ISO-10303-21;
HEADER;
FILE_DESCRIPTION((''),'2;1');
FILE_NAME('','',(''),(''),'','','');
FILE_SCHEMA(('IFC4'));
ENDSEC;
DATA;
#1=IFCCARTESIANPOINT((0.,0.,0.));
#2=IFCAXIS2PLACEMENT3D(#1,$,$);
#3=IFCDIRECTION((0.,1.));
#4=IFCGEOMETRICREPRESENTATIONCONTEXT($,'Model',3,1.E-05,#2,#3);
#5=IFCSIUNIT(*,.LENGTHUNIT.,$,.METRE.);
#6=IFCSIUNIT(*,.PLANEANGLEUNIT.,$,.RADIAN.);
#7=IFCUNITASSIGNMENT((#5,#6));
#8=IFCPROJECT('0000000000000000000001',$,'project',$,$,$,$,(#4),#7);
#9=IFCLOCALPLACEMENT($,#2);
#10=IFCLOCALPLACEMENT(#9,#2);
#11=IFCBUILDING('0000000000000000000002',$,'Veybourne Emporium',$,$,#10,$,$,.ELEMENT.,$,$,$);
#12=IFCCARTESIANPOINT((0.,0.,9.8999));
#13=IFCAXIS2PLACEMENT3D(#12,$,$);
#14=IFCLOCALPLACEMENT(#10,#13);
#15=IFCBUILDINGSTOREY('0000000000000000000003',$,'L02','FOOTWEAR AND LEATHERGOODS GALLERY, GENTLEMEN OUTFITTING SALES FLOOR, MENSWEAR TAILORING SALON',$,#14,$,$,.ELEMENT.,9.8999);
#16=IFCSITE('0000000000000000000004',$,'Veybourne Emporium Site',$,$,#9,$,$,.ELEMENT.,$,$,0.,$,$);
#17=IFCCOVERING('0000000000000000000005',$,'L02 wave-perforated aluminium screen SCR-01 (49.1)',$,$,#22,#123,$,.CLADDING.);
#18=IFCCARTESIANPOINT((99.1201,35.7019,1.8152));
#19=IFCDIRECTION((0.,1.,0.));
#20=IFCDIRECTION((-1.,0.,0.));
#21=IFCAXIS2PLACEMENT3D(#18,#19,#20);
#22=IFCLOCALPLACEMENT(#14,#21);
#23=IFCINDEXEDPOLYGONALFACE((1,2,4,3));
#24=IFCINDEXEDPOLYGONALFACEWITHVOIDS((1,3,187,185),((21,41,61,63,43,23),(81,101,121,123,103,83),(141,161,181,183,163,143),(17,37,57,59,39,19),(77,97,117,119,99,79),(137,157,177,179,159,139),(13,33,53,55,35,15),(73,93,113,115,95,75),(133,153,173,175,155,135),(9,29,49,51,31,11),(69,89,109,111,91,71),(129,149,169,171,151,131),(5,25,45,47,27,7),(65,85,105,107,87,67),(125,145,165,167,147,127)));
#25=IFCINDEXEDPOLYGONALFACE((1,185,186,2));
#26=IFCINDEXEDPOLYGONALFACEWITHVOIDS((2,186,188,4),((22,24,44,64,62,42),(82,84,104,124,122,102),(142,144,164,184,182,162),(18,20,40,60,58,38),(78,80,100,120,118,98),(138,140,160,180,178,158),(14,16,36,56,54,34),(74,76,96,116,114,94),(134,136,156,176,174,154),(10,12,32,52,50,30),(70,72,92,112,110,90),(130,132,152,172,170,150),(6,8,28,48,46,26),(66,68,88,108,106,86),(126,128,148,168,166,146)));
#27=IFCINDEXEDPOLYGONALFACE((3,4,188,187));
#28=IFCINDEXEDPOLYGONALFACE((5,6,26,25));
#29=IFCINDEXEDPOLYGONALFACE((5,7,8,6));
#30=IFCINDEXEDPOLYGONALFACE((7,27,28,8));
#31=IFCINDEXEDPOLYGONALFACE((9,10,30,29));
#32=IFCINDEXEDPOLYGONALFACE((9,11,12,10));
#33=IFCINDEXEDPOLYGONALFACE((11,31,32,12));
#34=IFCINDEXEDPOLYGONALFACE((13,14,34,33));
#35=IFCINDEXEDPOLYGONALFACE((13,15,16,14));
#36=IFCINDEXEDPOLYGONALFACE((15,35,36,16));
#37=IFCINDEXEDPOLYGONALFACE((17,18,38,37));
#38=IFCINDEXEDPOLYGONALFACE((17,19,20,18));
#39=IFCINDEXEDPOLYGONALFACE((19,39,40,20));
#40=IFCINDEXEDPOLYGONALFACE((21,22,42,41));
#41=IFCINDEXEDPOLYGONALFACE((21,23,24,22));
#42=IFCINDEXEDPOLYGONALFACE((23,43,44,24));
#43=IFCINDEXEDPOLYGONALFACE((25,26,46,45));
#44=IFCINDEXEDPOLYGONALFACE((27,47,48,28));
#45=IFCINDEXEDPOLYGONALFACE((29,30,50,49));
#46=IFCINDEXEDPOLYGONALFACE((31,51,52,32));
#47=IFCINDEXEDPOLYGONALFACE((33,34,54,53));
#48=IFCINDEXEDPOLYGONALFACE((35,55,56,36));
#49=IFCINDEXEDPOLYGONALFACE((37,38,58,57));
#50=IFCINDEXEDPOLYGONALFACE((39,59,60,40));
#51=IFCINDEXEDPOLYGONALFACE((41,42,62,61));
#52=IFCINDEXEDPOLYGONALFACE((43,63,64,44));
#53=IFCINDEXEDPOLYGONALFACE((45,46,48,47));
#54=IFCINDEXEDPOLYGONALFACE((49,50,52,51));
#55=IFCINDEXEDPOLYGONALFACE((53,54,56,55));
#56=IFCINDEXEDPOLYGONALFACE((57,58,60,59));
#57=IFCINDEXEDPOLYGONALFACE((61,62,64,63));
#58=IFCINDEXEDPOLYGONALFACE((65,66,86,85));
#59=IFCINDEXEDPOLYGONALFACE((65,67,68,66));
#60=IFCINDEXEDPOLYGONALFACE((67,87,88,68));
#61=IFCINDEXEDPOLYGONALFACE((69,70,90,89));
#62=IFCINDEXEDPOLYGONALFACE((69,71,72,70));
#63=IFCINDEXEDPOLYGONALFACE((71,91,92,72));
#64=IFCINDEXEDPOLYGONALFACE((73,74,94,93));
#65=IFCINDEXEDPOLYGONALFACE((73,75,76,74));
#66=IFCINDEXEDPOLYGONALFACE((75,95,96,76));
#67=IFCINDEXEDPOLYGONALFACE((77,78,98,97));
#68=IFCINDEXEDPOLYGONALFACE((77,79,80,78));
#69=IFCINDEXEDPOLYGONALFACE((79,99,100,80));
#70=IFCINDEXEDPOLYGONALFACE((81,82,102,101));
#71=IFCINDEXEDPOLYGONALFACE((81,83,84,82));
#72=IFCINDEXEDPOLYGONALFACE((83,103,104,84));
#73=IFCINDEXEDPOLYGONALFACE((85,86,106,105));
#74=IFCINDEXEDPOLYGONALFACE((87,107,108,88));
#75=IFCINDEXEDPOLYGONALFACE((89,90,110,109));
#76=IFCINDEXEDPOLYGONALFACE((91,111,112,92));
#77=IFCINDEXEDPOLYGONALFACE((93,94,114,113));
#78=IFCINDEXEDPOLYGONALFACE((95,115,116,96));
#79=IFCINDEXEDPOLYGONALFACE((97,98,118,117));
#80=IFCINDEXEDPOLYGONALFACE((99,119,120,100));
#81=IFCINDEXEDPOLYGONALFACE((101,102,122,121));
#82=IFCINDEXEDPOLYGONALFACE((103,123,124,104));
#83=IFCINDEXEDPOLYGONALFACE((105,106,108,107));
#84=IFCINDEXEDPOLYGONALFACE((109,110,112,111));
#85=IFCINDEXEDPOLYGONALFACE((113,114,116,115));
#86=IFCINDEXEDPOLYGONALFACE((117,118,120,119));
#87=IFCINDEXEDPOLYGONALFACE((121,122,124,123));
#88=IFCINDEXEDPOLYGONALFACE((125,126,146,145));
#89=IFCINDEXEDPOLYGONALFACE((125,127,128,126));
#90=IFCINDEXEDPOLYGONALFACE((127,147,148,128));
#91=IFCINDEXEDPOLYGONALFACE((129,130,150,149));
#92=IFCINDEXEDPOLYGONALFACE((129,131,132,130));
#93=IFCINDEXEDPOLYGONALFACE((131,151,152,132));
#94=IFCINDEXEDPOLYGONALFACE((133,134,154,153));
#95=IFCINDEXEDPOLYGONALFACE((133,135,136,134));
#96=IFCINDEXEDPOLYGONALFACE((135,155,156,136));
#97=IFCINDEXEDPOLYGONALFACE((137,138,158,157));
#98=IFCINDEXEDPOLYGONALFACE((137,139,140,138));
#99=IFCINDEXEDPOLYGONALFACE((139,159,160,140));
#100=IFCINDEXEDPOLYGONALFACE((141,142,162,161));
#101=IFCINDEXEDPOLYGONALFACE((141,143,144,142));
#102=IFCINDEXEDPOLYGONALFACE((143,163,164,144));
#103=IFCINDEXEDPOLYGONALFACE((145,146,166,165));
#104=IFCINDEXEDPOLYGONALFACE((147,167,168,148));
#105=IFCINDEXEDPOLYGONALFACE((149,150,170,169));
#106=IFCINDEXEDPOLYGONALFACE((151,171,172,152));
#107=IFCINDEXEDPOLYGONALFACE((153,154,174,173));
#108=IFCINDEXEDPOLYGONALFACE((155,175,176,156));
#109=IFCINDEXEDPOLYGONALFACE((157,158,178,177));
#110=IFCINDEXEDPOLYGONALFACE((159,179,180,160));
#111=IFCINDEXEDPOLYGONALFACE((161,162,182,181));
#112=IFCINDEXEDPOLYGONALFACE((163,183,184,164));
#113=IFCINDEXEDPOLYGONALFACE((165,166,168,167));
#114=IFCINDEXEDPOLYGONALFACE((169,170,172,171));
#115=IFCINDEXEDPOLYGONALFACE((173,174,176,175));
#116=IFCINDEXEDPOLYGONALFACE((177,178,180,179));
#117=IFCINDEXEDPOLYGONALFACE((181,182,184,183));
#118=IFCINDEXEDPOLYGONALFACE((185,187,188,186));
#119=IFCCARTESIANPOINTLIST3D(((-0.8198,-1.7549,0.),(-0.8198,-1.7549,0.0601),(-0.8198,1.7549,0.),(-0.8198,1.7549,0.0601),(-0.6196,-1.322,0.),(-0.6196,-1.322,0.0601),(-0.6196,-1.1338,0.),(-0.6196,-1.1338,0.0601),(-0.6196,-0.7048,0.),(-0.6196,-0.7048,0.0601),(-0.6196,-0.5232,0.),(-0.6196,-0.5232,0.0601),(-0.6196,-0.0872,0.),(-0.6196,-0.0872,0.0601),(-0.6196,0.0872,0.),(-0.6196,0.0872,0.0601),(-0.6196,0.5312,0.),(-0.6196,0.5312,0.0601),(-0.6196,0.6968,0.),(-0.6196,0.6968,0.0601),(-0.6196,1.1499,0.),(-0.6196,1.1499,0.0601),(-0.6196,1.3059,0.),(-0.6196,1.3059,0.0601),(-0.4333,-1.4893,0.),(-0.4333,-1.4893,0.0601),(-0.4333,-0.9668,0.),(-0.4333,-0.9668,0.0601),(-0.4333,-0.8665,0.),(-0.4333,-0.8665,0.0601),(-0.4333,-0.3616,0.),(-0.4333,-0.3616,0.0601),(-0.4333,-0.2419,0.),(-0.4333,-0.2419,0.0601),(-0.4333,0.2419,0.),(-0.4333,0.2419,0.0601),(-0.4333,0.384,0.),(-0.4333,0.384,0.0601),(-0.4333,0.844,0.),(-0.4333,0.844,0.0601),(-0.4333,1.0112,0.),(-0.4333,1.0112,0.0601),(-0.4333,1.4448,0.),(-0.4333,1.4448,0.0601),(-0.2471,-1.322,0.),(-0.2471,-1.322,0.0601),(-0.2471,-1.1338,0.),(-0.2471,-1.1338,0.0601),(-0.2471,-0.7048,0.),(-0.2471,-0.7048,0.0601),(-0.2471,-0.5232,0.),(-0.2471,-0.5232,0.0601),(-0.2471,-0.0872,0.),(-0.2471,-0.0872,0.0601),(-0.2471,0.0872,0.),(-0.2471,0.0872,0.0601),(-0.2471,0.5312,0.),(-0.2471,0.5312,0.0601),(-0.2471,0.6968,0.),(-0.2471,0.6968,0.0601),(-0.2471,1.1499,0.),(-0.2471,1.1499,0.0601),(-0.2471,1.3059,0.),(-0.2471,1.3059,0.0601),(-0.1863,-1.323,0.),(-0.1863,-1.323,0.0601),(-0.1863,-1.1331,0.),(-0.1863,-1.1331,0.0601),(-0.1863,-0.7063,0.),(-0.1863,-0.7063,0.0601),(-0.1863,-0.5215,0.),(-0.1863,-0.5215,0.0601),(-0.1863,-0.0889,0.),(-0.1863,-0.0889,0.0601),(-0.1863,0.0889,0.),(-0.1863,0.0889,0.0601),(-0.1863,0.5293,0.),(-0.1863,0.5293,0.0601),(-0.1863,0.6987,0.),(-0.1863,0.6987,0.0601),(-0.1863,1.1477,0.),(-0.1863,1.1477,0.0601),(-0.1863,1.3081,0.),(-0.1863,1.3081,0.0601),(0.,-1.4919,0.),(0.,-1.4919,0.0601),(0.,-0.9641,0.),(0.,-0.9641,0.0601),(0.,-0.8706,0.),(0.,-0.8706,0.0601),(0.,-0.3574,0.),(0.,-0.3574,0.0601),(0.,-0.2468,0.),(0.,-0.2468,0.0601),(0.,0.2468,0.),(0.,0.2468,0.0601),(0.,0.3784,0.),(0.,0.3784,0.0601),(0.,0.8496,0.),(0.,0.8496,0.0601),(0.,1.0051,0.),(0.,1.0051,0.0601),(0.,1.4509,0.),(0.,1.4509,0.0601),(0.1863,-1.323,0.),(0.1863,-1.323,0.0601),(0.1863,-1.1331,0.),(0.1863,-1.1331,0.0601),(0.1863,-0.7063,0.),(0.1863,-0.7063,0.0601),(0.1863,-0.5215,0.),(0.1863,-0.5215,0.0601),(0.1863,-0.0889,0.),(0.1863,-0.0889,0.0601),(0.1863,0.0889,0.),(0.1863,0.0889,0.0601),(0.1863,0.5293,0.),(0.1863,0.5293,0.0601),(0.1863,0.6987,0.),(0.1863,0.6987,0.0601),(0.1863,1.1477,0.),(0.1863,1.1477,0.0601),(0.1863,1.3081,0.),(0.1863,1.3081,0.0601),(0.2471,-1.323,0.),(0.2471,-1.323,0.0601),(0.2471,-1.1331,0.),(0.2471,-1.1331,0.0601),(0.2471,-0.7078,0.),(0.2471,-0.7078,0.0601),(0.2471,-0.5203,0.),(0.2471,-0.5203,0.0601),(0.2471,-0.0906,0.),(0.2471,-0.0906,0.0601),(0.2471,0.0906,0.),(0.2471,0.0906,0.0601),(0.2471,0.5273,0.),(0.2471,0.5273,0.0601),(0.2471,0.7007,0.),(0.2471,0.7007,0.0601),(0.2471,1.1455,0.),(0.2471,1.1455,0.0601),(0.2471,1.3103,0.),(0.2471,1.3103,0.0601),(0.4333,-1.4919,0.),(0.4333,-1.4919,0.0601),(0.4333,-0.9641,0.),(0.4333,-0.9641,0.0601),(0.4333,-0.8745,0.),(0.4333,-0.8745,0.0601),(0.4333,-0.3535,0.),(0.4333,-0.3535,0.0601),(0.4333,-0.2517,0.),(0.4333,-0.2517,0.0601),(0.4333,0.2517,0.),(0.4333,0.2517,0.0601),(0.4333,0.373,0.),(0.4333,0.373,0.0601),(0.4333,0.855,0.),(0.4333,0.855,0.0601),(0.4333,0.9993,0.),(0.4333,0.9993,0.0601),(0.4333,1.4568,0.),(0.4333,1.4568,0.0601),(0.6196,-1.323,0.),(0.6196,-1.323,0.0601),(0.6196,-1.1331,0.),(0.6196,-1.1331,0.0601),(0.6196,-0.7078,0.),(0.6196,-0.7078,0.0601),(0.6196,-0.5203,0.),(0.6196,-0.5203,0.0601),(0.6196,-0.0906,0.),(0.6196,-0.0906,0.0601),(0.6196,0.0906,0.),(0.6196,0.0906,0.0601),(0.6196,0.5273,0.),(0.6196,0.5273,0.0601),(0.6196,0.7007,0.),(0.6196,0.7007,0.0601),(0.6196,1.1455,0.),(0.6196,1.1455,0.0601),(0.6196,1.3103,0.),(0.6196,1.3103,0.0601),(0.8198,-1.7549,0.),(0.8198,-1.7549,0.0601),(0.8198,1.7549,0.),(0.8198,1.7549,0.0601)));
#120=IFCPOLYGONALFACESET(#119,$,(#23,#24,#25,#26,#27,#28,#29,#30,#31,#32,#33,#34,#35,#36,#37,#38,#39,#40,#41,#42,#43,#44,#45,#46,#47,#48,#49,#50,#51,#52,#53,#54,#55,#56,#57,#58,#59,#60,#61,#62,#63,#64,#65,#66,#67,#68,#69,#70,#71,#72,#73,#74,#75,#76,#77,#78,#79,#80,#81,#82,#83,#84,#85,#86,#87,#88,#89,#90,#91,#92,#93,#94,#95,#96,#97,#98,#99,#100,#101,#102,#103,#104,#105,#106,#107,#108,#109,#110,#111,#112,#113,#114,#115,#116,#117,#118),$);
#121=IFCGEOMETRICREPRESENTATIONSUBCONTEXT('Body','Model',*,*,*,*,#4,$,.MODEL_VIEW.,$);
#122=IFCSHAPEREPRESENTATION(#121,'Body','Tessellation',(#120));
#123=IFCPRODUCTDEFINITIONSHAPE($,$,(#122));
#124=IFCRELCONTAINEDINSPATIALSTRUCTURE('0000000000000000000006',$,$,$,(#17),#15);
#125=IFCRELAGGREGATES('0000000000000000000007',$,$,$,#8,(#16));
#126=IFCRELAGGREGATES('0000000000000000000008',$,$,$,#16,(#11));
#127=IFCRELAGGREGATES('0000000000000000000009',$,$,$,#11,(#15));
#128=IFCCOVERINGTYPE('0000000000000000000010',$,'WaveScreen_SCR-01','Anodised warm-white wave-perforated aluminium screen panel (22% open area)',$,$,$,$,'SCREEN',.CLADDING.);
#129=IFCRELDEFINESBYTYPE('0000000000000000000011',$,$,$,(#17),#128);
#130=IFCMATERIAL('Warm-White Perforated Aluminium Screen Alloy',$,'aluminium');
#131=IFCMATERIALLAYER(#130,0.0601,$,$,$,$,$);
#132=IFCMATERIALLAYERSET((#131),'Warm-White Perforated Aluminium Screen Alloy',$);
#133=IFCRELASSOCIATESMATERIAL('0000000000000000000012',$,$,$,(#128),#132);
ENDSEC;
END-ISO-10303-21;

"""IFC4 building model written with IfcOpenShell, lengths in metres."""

from ifc_helpers import new_model, si_unit, direction, frame, origin, place, context, subcontext, project, spatial, polyline, outline, extrude, material, layer, layer_set, type_object, element, save


model = new_model("IFC4")

# Units and contexts
model_context = context("Model", 3, precision=1e-05, world=origin(), true_north=direction((0.0, 1.0)))
body_context = subcontext(model_context, "Body", "Model", "MODEL_VIEW")
ifc_project = project(units=[si_unit("LENGTHUNIT", "METRE"), si_unit("PLANEANGLEUNIT", "RADIAN")], contexts=[model_context])

# Site, building, storey
site_placement = place(None, origin())
site = spatial("IfcSite", under=ifc_project, at=site_placement, Name="Veybourne Emporium Site", CompositionType="ELEMENT", RefElevation=0.0)
building_placement = place(site_placement, origin())
building = spatial("IfcBuilding", under=site, at=building_placement, Name="Veybourne Emporium", CompositionType="ELEMENT")
storey_placement = place(building_placement, frame((0.0, 0.0, 9.8999)))
storey = spatial("IfcBuildingStorey", under=building, at=storey_placement, Name="L02", Description="FOOTWEAR AND LEATHERGOODS GALLERY, GENTLEMEN OUTFITTING SALES FLOOR, MENSWEAR TAILORING SALON", CompositionType="ELEMENT", Elevation=9.8999)

# Covering
ifc_material_1 = material(Name="Warm-White Perforated Aluminium Screen Alloy", Category="aluminium")
ifc_layer_1 = layer(ifc_material_1, 0.0601)
ifc_layer_set_1 = layer_set([ifc_layer_1], Name="Warm-White Perforated Aluminium Screen Alloy")
covering_type_1 = type_object("IfcCoveringType", Name="WaveScreen_SCR-01", Description="Anodised warm-white wave-perforated aluminium screen panel (22% open area)", ElementType="SCREEN", PredefinedType="CLADDING", material=ifc_layer_set_1)
covering_1_placement = place(storey_placement, frame((99.1201, 35.7019, 1.8152), z_axis=(0.0, 1.0, 0.0), x_axis=(-1.0, 0.0, 0.0)))
element("IfcCovering", 1, at=covering_1_placement, inside=storey, type_object=covering_type_1, Name="L02 wave-perforated aluminium screen SCR-01 (49.1)", PredefinedType="CLADDING", context=body_context, shape_type="SweptSolid", body=[
    extrude(outline(polyline([(-0.8198, -1.7549), (0.8198, -1.7549), (0.8198, 1.7549), (-0.8198, 1.7549), (-0.8198, -1.7549)]), holes=[polyline([(-0.4333, -0.9668), (-0.2471, -1.1338), (-0.2471, -1.322), (-0.4333, -1.4893), (-0.6196, -1.322), (-0.6196, -1.1338), (-0.4333, -0.9668)]), polyline([(-0.4333, -0.3616), (-0.2471, -0.5232), (-0.2471, -0.7048), (-0.4333, -0.8665), (-0.6196, -0.7048), (-0.6196, -0.5232), (-0.4333, -0.3616)]), polyline([(-0.4333, 0.2419), (-0.2471, 0.0872), (-0.2471, -0.0872), (-0.4333, -0.2419), (-0.6196, -0.0872), (-0.6196, 0.0872), (-0.4333, 0.2419)]), polyline([(-0.4333, 0.844), (-0.2471, 0.6968), (-0.2471, 0.5312), (-0.4333, 0.384), (-0.6196, 0.5312), (-0.6196, 0.6968), (-0.4333, 0.844)]), polyline([(-0.4333, 1.4448), (-0.2471, 1.3059), (-0.2471, 1.1499), (-0.4333, 1.0112), (-0.6196, 1.1499), (-0.6196, 1.3059), (-0.4333, 1.4448)]), polyline([(0.0, -0.9641), (0.1863, -1.1331), (0.1863, -1.323), (0.0, -1.4919), (-0.1863, -1.323), (-0.1863, -1.1331), (0.0, -0.9641)]), polyline([(0.0, -0.3574), (0.1863, -0.5215), (0.1863, -0.7063), (0.0, -0.8706), (-0.1863, -0.7063), (-0.1863, -0.5215), (0.0, -0.3574)]), polyline([(0.0, 0.2468), (0.1863, 0.0889), (0.1863, -0.0889), (0.0, -0.2468), (-0.1863, -0.0889), (-0.1863, 0.0889), (0.0, 0.2468)]), polyline([(0.0, 0.8496), (0.1863, 0.6987), (0.1863, 0.5293), (0.0, 0.3784), (-0.1863, 0.5293), (-0.1863, 0.6987), (0.0, 0.8496)]), polyline([(0.0, 1.4509), (0.1863, 1.3081), (0.1863, 1.1477), (0.0, 1.0051), (-0.1863, 1.1477), (-0.1863, 1.3081), (0.0, 1.4509)]), polyline([(0.4333, -0.9641), (0.6196, -1.1331), (0.6196, -1.323), (0.4333, -1.4919), (0.2471, -1.323), (0.2471, -1.1331), (0.4333, -0.9641)]), polyline([(0.4333, -0.3535), (0.6196, -0.5203), (0.6196, -0.7078), (0.4333, -0.8745), (0.2471, -0.7078), (0.2471, -0.5203), (0.4333, -0.3535)]), polyline([(0.4333, 0.2517), (0.6196, 0.0906), (0.6196, -0.0906), (0.4333, -0.2517), (0.2471, -0.0906), (0.2471, 0.0906), (0.4333, 0.2517)]), polyline([(0.4333, 0.855), (0.6196, 0.7007), (0.6196, 0.5273), (0.4333, 0.373), (0.2471, 0.5273), (0.2471, 0.7007), (0.4333, 0.855)]), polyline([(0.4333, 1.4568), (0.6196, 1.3103), (0.6196, 1.1455), (0.4333, 0.9993), (0.2471, 1.1455), (0.2471, 1.3103), (0.4333, 1.4568)])]), origin(), (0.0, 0.0, 1.0), 0.0601),
])

save(model, "model.ifc")
